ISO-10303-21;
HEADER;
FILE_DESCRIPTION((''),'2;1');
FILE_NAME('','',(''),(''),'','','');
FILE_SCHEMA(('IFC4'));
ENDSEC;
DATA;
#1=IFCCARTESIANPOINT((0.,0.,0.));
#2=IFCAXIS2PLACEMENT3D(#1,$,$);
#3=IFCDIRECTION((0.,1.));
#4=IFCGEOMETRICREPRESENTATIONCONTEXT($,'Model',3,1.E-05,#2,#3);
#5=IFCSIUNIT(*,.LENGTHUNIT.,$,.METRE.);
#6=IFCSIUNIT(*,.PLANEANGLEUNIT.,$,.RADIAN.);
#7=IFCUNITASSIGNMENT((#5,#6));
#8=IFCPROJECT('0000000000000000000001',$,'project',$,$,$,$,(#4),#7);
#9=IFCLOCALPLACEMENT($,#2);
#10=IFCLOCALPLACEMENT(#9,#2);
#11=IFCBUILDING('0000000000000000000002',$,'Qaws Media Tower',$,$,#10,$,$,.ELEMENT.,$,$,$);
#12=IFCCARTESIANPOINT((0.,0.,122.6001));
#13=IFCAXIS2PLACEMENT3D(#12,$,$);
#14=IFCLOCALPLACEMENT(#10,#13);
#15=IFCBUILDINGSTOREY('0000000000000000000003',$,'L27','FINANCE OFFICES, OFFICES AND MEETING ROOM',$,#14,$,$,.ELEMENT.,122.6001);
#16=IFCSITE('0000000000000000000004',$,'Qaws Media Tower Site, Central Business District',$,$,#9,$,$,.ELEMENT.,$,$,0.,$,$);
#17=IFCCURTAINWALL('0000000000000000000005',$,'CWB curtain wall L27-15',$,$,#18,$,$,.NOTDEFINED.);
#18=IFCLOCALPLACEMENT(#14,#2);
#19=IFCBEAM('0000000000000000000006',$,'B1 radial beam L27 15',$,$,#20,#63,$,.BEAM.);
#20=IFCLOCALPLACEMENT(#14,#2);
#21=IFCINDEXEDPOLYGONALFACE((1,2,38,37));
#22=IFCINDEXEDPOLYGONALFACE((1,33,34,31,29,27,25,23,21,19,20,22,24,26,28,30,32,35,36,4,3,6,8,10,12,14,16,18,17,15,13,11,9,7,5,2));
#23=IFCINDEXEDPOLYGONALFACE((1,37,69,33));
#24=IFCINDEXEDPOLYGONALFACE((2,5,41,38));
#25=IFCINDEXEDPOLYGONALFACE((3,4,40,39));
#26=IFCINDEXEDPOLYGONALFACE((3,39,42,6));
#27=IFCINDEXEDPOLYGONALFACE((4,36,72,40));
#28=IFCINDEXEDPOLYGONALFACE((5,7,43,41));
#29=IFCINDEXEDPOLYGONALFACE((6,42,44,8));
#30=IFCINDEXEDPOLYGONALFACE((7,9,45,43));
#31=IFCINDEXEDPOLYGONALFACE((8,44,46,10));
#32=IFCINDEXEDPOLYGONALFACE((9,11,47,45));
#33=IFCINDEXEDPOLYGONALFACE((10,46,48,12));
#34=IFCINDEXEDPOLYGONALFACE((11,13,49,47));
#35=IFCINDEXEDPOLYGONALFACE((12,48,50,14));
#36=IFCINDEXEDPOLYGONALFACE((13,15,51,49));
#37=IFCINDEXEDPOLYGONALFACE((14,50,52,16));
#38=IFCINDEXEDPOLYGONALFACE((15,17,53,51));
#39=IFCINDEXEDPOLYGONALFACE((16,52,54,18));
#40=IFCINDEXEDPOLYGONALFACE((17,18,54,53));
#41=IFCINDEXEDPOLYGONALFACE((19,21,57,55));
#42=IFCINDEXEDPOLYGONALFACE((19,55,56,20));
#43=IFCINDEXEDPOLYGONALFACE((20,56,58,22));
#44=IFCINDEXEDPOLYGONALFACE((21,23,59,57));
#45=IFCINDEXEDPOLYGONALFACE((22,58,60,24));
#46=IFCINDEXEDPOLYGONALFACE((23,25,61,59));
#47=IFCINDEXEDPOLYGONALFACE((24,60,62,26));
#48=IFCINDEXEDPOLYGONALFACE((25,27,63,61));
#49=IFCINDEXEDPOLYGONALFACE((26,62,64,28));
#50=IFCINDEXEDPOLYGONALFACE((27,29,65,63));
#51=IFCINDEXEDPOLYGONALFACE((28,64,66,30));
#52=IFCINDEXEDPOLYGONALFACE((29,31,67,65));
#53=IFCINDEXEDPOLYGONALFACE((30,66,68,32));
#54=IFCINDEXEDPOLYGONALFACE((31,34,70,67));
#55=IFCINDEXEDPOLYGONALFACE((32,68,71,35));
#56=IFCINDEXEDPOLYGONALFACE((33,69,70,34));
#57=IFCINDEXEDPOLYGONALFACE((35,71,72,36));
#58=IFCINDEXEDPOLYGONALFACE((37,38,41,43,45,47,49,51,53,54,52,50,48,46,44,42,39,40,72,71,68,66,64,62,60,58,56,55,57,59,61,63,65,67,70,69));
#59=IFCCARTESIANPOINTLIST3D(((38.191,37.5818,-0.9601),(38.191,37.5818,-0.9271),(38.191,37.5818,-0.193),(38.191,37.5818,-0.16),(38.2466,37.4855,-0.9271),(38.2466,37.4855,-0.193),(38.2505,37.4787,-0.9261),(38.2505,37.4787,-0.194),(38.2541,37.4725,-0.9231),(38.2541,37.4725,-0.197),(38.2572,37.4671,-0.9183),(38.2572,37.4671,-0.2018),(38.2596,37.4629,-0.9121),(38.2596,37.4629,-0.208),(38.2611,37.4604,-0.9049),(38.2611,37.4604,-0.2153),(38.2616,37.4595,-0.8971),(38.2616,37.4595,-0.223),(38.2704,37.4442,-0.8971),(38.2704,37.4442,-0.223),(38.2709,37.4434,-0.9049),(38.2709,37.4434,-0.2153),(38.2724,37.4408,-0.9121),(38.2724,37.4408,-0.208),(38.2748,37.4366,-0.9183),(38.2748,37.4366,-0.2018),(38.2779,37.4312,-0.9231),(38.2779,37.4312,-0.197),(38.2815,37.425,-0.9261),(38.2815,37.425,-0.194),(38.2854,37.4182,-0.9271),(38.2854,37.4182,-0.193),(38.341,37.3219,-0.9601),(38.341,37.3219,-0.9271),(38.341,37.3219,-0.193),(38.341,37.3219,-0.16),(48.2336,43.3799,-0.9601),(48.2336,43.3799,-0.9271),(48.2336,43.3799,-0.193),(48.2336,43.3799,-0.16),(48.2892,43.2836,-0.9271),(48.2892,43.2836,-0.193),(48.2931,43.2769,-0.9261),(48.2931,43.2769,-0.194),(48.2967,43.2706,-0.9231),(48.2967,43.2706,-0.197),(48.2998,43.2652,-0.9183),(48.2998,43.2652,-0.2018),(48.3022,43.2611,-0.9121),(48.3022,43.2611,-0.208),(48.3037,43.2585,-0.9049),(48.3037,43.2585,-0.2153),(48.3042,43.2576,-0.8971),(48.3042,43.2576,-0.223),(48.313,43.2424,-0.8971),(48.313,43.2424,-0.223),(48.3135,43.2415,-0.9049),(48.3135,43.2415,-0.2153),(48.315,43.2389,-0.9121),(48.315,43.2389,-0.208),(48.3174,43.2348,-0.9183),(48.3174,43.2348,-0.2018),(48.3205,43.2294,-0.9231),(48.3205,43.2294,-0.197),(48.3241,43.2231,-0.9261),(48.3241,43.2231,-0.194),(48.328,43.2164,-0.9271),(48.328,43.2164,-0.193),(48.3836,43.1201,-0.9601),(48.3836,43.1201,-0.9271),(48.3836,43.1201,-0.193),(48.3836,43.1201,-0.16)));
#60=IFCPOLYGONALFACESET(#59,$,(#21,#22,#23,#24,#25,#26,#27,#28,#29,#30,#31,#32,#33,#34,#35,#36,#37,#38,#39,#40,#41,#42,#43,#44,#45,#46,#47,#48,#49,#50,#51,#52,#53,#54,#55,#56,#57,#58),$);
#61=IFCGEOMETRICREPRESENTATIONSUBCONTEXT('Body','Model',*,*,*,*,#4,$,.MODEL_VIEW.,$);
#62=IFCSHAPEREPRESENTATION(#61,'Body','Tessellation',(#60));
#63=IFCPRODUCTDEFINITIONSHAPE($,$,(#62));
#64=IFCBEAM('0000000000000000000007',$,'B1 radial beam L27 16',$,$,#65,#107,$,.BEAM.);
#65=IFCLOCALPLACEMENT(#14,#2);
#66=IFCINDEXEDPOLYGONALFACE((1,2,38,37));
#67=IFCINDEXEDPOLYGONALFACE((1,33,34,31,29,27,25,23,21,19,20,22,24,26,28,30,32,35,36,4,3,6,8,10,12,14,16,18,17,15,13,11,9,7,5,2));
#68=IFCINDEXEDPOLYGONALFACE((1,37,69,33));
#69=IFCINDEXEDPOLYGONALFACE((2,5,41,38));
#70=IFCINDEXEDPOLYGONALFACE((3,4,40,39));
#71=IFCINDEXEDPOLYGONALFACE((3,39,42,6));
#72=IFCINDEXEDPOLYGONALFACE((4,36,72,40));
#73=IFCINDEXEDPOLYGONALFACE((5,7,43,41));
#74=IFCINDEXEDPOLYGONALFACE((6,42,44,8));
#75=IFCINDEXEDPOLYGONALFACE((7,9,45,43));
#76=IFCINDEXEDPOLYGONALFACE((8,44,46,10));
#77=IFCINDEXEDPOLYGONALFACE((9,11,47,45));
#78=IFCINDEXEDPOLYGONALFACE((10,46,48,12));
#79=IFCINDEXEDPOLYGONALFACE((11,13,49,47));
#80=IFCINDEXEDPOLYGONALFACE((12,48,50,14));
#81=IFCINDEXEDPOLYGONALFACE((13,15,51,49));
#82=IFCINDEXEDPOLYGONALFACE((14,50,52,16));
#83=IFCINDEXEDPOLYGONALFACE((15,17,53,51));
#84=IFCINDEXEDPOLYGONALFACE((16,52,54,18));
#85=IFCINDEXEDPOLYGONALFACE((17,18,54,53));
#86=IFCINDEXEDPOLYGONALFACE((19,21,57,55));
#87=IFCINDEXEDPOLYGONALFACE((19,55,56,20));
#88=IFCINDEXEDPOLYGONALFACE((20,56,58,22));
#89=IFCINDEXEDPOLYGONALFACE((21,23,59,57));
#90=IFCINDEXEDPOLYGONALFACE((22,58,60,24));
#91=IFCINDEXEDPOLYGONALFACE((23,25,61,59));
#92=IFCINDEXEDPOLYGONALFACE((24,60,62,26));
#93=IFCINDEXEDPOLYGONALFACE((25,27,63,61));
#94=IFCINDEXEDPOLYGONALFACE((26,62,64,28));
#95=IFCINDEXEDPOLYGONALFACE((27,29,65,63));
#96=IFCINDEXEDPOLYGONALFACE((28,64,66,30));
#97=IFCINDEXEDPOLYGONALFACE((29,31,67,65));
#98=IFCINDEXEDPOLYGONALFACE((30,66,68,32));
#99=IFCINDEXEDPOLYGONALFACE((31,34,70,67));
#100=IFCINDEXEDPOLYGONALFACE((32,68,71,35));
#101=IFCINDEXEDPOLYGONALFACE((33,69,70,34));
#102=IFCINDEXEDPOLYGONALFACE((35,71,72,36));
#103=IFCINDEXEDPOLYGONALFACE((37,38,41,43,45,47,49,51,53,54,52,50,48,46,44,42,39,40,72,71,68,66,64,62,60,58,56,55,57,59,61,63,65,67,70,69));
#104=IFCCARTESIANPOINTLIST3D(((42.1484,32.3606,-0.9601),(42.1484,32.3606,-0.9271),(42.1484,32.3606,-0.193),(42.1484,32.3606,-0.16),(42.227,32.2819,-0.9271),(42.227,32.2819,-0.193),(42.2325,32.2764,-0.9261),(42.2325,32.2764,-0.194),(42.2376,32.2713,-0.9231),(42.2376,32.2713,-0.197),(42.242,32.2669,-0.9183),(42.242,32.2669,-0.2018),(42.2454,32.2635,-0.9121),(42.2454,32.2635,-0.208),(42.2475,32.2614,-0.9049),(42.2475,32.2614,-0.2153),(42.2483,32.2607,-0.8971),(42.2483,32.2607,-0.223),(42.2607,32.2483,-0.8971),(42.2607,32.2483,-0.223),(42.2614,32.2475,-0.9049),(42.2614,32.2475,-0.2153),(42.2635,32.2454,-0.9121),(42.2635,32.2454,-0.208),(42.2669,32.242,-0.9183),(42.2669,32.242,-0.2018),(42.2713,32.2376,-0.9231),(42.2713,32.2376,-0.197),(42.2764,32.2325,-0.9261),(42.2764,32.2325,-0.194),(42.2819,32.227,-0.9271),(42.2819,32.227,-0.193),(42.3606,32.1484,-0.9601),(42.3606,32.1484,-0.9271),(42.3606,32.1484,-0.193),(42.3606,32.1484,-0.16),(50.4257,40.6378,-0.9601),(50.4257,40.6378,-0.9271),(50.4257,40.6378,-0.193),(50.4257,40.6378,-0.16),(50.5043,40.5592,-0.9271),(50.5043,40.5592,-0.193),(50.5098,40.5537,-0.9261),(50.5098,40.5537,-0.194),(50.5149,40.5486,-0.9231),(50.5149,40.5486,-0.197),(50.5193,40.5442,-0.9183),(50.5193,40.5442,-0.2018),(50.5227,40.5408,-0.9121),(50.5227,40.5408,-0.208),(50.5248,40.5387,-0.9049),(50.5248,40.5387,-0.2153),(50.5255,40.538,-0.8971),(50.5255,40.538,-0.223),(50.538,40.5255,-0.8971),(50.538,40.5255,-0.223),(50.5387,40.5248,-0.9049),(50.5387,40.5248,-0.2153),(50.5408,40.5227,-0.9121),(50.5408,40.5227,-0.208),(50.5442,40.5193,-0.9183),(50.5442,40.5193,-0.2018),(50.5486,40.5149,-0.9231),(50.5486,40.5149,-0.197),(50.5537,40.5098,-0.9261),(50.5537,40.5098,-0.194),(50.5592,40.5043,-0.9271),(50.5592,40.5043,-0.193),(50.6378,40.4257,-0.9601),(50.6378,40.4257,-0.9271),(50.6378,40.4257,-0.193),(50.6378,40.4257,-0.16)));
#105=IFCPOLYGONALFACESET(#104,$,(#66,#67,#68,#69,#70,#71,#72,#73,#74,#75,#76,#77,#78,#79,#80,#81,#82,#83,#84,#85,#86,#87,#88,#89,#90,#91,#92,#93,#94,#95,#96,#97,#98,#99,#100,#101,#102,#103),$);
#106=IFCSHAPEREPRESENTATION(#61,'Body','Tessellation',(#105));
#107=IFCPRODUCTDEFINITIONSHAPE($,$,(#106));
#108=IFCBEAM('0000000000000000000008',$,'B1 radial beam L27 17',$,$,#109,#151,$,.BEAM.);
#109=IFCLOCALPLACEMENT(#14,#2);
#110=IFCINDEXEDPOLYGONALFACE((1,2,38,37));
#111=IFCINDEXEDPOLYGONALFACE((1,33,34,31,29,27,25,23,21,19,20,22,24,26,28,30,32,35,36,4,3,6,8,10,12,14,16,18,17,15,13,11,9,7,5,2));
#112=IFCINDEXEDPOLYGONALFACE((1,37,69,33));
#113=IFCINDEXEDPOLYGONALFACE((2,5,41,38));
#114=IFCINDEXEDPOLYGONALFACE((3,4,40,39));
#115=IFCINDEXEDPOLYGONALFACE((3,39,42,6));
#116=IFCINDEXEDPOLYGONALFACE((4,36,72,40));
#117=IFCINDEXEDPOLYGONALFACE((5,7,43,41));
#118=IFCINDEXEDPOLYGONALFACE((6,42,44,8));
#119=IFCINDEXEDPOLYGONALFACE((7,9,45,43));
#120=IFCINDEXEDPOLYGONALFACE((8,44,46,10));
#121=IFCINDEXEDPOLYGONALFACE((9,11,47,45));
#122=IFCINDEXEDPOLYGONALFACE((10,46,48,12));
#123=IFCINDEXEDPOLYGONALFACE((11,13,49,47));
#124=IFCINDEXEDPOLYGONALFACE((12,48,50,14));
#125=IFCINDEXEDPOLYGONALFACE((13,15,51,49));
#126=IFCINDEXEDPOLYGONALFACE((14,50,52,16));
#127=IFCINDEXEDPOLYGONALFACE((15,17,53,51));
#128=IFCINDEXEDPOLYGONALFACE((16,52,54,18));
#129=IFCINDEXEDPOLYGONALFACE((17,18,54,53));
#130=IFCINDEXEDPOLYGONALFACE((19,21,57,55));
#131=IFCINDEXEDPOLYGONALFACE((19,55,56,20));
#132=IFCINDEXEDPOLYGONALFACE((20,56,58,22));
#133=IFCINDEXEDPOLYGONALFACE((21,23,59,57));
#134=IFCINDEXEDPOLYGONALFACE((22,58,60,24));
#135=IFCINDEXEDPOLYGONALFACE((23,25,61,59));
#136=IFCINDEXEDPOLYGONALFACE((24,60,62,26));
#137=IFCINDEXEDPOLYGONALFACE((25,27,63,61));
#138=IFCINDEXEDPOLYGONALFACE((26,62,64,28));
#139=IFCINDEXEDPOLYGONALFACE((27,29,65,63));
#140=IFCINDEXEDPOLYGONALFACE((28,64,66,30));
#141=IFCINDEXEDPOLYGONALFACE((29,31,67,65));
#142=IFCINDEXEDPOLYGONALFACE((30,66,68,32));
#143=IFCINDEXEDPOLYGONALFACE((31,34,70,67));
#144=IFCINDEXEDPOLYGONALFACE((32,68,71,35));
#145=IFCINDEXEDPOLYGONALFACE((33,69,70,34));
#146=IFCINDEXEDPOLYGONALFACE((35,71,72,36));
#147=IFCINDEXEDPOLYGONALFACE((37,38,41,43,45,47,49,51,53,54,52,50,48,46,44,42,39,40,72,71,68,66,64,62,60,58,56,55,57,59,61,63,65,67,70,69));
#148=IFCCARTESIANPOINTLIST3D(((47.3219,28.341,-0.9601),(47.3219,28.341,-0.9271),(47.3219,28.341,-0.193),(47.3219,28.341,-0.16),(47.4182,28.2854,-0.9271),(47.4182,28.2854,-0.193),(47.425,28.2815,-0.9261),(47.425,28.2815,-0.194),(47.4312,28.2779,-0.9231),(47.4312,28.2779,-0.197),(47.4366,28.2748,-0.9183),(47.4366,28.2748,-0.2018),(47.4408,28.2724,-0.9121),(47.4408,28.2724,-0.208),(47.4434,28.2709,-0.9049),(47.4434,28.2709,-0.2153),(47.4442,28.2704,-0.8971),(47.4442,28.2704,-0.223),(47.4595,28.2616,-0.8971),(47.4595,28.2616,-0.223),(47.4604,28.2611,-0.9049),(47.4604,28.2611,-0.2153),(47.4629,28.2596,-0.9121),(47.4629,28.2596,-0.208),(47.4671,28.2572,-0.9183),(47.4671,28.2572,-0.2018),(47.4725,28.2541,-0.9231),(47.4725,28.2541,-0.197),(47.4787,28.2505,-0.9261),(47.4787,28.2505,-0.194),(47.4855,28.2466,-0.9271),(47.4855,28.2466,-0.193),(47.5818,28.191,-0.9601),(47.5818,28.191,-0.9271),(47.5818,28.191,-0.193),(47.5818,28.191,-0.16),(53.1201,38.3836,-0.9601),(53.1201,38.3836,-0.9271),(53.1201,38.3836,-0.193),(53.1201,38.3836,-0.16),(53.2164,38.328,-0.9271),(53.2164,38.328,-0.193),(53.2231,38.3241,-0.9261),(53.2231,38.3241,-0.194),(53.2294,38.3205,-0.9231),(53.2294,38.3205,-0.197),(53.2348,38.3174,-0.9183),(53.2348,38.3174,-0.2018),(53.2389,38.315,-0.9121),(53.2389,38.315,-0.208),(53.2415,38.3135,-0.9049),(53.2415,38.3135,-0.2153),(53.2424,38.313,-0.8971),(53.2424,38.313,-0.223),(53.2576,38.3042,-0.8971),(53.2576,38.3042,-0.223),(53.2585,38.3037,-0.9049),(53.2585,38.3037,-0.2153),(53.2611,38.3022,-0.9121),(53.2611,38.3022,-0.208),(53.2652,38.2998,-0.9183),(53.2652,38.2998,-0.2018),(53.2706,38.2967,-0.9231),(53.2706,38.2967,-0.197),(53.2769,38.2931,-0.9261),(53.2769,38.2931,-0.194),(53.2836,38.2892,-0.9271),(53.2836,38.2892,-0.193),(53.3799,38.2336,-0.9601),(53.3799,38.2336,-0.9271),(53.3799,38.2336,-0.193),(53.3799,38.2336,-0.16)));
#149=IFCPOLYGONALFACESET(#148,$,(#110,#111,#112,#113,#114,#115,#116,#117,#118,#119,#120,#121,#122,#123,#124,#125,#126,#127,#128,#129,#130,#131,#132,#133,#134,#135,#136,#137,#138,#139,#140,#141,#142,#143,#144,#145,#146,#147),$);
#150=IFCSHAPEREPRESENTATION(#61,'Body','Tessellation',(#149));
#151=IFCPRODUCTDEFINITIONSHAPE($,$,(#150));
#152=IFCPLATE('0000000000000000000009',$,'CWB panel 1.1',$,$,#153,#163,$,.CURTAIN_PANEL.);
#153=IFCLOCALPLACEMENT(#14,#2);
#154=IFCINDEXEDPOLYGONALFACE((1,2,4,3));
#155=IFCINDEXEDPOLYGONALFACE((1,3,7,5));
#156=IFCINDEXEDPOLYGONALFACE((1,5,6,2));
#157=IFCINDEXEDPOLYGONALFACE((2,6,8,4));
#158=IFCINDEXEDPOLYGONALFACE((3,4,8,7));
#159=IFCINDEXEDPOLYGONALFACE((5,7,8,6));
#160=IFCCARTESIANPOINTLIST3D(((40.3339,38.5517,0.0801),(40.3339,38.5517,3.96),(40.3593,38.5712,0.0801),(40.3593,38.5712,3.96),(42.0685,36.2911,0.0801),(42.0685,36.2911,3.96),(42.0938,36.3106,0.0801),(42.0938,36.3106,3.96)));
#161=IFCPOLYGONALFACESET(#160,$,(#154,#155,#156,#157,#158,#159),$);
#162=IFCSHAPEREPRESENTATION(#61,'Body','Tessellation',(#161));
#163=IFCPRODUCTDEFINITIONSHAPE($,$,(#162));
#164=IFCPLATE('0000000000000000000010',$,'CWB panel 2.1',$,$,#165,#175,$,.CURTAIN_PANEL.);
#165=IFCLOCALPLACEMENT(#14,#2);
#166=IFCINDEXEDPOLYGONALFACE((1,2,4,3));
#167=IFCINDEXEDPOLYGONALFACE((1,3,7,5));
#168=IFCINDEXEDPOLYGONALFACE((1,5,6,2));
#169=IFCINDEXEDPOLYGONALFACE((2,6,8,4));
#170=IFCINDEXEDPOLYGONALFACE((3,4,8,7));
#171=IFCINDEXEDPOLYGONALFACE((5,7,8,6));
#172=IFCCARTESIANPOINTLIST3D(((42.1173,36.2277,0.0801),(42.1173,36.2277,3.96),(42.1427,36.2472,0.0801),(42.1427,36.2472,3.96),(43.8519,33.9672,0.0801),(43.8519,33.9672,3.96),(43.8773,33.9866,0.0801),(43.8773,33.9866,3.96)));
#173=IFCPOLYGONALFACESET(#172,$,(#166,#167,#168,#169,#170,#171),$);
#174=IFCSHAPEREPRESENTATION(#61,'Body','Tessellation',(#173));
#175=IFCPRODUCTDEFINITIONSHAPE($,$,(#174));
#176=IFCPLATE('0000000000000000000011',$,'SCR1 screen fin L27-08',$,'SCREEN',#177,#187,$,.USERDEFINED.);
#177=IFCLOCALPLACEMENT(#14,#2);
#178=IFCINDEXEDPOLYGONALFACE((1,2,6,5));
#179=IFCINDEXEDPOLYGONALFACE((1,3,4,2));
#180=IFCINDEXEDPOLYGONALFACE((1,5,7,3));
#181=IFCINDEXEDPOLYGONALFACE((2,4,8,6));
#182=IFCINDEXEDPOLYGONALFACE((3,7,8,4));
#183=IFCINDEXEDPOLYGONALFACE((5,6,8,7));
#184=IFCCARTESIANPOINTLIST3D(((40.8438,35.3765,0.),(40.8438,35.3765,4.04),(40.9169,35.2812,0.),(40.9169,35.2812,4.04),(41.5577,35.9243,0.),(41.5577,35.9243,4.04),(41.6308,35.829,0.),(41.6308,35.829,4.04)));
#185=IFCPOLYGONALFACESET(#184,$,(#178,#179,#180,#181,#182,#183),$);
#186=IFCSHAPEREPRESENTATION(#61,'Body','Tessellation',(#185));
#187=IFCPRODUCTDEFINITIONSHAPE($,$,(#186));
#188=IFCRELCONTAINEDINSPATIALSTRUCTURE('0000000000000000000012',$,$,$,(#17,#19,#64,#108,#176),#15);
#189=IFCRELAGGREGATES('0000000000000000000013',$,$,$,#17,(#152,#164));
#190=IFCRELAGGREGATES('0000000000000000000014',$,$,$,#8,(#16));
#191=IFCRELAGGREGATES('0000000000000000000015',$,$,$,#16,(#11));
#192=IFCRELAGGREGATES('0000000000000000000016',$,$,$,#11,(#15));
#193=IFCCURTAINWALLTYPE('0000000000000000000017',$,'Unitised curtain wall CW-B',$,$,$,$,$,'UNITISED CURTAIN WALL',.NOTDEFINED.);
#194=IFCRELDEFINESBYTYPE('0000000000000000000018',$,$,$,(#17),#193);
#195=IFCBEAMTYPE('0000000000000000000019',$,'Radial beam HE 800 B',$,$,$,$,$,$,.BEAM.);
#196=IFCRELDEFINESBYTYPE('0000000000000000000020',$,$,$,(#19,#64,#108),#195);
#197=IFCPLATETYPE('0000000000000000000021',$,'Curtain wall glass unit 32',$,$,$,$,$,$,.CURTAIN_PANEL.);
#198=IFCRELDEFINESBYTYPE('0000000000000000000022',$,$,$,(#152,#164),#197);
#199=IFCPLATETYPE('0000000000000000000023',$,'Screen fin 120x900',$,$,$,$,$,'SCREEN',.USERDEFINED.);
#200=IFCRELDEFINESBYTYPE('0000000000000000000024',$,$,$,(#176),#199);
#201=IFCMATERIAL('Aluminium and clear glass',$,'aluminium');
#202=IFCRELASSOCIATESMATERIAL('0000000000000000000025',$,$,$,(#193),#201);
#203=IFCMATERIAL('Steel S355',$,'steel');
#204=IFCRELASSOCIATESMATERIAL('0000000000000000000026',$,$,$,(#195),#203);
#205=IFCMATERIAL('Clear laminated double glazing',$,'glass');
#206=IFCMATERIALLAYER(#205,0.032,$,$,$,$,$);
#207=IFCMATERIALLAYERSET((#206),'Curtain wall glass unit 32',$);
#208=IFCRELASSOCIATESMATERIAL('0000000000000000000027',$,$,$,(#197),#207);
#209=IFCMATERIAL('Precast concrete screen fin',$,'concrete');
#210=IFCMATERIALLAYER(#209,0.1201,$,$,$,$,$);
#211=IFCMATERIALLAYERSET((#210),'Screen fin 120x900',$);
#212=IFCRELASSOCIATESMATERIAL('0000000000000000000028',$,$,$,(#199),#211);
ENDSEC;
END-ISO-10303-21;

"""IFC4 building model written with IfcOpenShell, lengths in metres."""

from ifc_helpers import new_model, si_unit, direction, frame, origin, origin_2d, place, context, subcontext, project, spatial, rectangle, i_section, extrude, material, layer, layer_set, material_profile, profile_set, type_object, element, aggregate, save


model = new_model("IFC4")

# Units and contexts
model_context = context("Model", 3, precision=1e-05, world=origin(), true_north=direction((0.0, 1.0)))
body_context = subcontext(model_context, "Body", "Model", "MODEL_VIEW")
ifc_project = project(units=[si_unit("LENGTHUNIT", "METRE"), si_unit("PLANEANGLEUNIT", "RADIAN")], contexts=[model_context])

# Site, building, storey
site_placement = place(None, origin())
site = spatial("IfcSite", under=ifc_project, at=site_placement, Name="Qaws Media Tower Site, Central Business District", CompositionType="ELEMENT", RefElevation=0.0)
building_placement = place(site_placement, origin())
building = spatial("IfcBuilding", under=site, at=building_placement, Name="Qaws Media Tower", CompositionType="ELEMENT")
storey_placement = place(building_placement, frame((0.0, 0.0, 122.6001)))
storey = spatial("IfcBuildingStorey", under=building, at=storey_placement, Name="L27", Description="FINANCE OFFICES, OFFICES AND MEETING ROOM", CompositionType="ELEMENT", Elevation=122.6001)

# Shared definitions
ifc_material_1 = material(Name="Aluminium and clear glass", Category="aluminium")
curtain_wall_type = type_object("IfcCurtainWallType", Name="Unitised curtain wall CW-B", ElementType="UNITISED CURTAIN WALL", PredefinedType="NOTDEFINED", material=ifc_material_1)

# Curtain wall
curtain_wall_1_placement = place(storey_placement, origin())
curtain_wall_1 = element("IfcCurtainWall", 1, at=curtain_wall_1_placement, inside=storey, type_object=curtain_wall_type, Name="CWB curtain wall L27-15", PredefinedType="NOTDEFINED")

# Beams
ifc_material_2 = material(Name="Steel S355", Category="steel")
ifc_material_profile_1 = material_profile(ifc_material_2, i_section(OverallWidth=0.3, OverallDepth=0.8, WebThickness=0.0176, FlangeThickness=0.033, FilletRadius=0.03, at=origin_2d()), Name="HE 800 B")
ifc_profile_set_1 = profile_set([ifc_material_profile_1], Name="Steel S355")
beam_type_1 = type_object("IfcBeamType", Name="Radial beam HE 800 B", PredefinedType="BEAM", material=ifc_profile_set_1)
beam_1_placement = place(storey_placement, frame((48.3086, 43.25, -0.5601), z_axis=(-0.866023, -0.500004, 0.0), x_axis=(0.500004, -0.866023, 0.0)))
element("IfcBeam", 2, at=beam_1_placement, inside=storey, type_object=beam_type_1, Name="B1 radial beam L27 15", PredefinedType="BEAM", context=body_context, shape_type="SweptSolid", body=[
    extrude(i_section(OverallWidth=0.3, OverallDepth=0.8, WebThickness=0.0176, FlangeThickness=0.033, FilletRadius=0.03, at=origin_2d()), origin(), (0.0, 0.0, 1.0), 11.5962),
])
beam_2_placement = place(storey_placement, frame((50.5317, 40.5317, -0.5601), z_axis=(-0.707107, -0.707107, 0.0), x_axis=(0.707107, -0.707107, 0.0)))
element("IfcBeam", 3, at=beam_2_placement, inside=storey, type_object=beam_type_1, Name="B1 radial beam L27 16", PredefinedType="BEAM", context=body_context, shape_type="SweptSolid", body=[
    extrude(i_section(OverallWidth=0.3, OverallDepth=0.8, WebThickness=0.0176, FlangeThickness=0.033, FilletRadius=0.03, at=origin_2d()), origin(), (0.0, 0.0, 1.0), 11.7058),
])
beam_3_placement = place(storey_placement, frame((53.25, 38.3086, -0.5601), z_axis=(-0.500004, -0.866023, 0.0), x_axis=(0.866023, -0.500004, 0.0)))
element("IfcBeam", 4, at=beam_3_placement, inside=storey, type_object=beam_type_1, Name="B1 radial beam L27 17", PredefinedType="BEAM", context=body_context, shape_type="SweptSolid", body=[
    extrude(i_section(OverallWidth=0.3, OverallDepth=0.8, WebThickness=0.0176, FlangeThickness=0.033, FilletRadius=0.03, at=origin_2d()), origin(), (0.0, 0.0, 1.0), 11.5962),
])

# Plates
ifc_material_3 = material(Name="Clear laminated double glazing", Category="glass")
ifc_layer_1 = layer(ifc_material_3, 0.032)
ifc_layer_set_1 = layer_set([ifc_layer_1], Name="Curtain wall glass unit 32")
plate_type_1 = type_object("IfcPlateType", Name="Curtain wall glass unit 32", PredefinedType="CURTAIN_PANEL", material=ifc_layer_set_1)
plate_1_placement = place(storey_placement, frame((41.2139, 37.4312, 0.0801), z_axis=(0.0, 0.0, 1.0), x_axis=(0.608761, -0.793353, 0.0)))
plate_1 = element("IfcPlate", 5, at=plate_1_placement, type_object=plate_type_1, Name="CWB panel 1.1", PredefinedType="CURTAIN_PANEL", context=body_context, shape_type="SweptSolid", body=[
    extrude(rectangle(XDim=2.8494, YDim=0.032, at=origin_2d()), origin(), (0.0, 0.0, 1.0), 3.8799),
])
plate_2_placement = place(storey_placement, frame((42.9973, 35.1072, 0.0801), z_axis=(0.0, 0.0, 1.0), x_axis=(0.608761, -0.793353, 0.0)))
plate_2 = element("IfcPlate", 6, at=plate_2_placement, type_object=plate_type_1, Name="CWB panel 2.1", PredefinedType="CURTAIN_PANEL", context=body_context, shape_type="SweptSolid", body=[
    extrude(rectangle(XDim=2.8494, YDim=0.032, at=origin_2d()), origin(), (0.0, 0.0, 1.0), 3.8799),
])
aggregate(curtain_wall_1, [plate_1, plate_2])
ifc_material_4 = material(Name="Precast concrete screen fin", Category="concrete")
ifc_layer_2 = layer(ifc_material_4, 0.1201)
ifc_layer_set_2 = layer_set([ifc_layer_2], Name="Screen fin 120x900")
plate_type_2 = type_object("IfcPlateType", Name="Screen fin 120x900", ElementType="SCREEN", PredefinedType="USERDEFINED", material=ifc_layer_set_2)
plate_3_placement = place(storey_placement, frame((41.2373, 35.6028, 0.0), z_axis=(0.0, 0.0, 1.0), x_axis=(-0.793353, -0.608761, 0.0)))
element("IfcPlate", 7, at=plate_3_placement, inside=storey, type_object=plate_type_2, Name="SCR1 screen fin L27-08", ObjectType="SCREEN", PredefinedType="USERDEFINED", context=body_context, shape_type="SweptSolid", body=[
    extrude(rectangle(XDim=0.8999, YDim=0.1201, at=origin_2d()), origin(), (0.0, 0.0, 1.0), 4.04),
])

save(model, "model.ifc")
